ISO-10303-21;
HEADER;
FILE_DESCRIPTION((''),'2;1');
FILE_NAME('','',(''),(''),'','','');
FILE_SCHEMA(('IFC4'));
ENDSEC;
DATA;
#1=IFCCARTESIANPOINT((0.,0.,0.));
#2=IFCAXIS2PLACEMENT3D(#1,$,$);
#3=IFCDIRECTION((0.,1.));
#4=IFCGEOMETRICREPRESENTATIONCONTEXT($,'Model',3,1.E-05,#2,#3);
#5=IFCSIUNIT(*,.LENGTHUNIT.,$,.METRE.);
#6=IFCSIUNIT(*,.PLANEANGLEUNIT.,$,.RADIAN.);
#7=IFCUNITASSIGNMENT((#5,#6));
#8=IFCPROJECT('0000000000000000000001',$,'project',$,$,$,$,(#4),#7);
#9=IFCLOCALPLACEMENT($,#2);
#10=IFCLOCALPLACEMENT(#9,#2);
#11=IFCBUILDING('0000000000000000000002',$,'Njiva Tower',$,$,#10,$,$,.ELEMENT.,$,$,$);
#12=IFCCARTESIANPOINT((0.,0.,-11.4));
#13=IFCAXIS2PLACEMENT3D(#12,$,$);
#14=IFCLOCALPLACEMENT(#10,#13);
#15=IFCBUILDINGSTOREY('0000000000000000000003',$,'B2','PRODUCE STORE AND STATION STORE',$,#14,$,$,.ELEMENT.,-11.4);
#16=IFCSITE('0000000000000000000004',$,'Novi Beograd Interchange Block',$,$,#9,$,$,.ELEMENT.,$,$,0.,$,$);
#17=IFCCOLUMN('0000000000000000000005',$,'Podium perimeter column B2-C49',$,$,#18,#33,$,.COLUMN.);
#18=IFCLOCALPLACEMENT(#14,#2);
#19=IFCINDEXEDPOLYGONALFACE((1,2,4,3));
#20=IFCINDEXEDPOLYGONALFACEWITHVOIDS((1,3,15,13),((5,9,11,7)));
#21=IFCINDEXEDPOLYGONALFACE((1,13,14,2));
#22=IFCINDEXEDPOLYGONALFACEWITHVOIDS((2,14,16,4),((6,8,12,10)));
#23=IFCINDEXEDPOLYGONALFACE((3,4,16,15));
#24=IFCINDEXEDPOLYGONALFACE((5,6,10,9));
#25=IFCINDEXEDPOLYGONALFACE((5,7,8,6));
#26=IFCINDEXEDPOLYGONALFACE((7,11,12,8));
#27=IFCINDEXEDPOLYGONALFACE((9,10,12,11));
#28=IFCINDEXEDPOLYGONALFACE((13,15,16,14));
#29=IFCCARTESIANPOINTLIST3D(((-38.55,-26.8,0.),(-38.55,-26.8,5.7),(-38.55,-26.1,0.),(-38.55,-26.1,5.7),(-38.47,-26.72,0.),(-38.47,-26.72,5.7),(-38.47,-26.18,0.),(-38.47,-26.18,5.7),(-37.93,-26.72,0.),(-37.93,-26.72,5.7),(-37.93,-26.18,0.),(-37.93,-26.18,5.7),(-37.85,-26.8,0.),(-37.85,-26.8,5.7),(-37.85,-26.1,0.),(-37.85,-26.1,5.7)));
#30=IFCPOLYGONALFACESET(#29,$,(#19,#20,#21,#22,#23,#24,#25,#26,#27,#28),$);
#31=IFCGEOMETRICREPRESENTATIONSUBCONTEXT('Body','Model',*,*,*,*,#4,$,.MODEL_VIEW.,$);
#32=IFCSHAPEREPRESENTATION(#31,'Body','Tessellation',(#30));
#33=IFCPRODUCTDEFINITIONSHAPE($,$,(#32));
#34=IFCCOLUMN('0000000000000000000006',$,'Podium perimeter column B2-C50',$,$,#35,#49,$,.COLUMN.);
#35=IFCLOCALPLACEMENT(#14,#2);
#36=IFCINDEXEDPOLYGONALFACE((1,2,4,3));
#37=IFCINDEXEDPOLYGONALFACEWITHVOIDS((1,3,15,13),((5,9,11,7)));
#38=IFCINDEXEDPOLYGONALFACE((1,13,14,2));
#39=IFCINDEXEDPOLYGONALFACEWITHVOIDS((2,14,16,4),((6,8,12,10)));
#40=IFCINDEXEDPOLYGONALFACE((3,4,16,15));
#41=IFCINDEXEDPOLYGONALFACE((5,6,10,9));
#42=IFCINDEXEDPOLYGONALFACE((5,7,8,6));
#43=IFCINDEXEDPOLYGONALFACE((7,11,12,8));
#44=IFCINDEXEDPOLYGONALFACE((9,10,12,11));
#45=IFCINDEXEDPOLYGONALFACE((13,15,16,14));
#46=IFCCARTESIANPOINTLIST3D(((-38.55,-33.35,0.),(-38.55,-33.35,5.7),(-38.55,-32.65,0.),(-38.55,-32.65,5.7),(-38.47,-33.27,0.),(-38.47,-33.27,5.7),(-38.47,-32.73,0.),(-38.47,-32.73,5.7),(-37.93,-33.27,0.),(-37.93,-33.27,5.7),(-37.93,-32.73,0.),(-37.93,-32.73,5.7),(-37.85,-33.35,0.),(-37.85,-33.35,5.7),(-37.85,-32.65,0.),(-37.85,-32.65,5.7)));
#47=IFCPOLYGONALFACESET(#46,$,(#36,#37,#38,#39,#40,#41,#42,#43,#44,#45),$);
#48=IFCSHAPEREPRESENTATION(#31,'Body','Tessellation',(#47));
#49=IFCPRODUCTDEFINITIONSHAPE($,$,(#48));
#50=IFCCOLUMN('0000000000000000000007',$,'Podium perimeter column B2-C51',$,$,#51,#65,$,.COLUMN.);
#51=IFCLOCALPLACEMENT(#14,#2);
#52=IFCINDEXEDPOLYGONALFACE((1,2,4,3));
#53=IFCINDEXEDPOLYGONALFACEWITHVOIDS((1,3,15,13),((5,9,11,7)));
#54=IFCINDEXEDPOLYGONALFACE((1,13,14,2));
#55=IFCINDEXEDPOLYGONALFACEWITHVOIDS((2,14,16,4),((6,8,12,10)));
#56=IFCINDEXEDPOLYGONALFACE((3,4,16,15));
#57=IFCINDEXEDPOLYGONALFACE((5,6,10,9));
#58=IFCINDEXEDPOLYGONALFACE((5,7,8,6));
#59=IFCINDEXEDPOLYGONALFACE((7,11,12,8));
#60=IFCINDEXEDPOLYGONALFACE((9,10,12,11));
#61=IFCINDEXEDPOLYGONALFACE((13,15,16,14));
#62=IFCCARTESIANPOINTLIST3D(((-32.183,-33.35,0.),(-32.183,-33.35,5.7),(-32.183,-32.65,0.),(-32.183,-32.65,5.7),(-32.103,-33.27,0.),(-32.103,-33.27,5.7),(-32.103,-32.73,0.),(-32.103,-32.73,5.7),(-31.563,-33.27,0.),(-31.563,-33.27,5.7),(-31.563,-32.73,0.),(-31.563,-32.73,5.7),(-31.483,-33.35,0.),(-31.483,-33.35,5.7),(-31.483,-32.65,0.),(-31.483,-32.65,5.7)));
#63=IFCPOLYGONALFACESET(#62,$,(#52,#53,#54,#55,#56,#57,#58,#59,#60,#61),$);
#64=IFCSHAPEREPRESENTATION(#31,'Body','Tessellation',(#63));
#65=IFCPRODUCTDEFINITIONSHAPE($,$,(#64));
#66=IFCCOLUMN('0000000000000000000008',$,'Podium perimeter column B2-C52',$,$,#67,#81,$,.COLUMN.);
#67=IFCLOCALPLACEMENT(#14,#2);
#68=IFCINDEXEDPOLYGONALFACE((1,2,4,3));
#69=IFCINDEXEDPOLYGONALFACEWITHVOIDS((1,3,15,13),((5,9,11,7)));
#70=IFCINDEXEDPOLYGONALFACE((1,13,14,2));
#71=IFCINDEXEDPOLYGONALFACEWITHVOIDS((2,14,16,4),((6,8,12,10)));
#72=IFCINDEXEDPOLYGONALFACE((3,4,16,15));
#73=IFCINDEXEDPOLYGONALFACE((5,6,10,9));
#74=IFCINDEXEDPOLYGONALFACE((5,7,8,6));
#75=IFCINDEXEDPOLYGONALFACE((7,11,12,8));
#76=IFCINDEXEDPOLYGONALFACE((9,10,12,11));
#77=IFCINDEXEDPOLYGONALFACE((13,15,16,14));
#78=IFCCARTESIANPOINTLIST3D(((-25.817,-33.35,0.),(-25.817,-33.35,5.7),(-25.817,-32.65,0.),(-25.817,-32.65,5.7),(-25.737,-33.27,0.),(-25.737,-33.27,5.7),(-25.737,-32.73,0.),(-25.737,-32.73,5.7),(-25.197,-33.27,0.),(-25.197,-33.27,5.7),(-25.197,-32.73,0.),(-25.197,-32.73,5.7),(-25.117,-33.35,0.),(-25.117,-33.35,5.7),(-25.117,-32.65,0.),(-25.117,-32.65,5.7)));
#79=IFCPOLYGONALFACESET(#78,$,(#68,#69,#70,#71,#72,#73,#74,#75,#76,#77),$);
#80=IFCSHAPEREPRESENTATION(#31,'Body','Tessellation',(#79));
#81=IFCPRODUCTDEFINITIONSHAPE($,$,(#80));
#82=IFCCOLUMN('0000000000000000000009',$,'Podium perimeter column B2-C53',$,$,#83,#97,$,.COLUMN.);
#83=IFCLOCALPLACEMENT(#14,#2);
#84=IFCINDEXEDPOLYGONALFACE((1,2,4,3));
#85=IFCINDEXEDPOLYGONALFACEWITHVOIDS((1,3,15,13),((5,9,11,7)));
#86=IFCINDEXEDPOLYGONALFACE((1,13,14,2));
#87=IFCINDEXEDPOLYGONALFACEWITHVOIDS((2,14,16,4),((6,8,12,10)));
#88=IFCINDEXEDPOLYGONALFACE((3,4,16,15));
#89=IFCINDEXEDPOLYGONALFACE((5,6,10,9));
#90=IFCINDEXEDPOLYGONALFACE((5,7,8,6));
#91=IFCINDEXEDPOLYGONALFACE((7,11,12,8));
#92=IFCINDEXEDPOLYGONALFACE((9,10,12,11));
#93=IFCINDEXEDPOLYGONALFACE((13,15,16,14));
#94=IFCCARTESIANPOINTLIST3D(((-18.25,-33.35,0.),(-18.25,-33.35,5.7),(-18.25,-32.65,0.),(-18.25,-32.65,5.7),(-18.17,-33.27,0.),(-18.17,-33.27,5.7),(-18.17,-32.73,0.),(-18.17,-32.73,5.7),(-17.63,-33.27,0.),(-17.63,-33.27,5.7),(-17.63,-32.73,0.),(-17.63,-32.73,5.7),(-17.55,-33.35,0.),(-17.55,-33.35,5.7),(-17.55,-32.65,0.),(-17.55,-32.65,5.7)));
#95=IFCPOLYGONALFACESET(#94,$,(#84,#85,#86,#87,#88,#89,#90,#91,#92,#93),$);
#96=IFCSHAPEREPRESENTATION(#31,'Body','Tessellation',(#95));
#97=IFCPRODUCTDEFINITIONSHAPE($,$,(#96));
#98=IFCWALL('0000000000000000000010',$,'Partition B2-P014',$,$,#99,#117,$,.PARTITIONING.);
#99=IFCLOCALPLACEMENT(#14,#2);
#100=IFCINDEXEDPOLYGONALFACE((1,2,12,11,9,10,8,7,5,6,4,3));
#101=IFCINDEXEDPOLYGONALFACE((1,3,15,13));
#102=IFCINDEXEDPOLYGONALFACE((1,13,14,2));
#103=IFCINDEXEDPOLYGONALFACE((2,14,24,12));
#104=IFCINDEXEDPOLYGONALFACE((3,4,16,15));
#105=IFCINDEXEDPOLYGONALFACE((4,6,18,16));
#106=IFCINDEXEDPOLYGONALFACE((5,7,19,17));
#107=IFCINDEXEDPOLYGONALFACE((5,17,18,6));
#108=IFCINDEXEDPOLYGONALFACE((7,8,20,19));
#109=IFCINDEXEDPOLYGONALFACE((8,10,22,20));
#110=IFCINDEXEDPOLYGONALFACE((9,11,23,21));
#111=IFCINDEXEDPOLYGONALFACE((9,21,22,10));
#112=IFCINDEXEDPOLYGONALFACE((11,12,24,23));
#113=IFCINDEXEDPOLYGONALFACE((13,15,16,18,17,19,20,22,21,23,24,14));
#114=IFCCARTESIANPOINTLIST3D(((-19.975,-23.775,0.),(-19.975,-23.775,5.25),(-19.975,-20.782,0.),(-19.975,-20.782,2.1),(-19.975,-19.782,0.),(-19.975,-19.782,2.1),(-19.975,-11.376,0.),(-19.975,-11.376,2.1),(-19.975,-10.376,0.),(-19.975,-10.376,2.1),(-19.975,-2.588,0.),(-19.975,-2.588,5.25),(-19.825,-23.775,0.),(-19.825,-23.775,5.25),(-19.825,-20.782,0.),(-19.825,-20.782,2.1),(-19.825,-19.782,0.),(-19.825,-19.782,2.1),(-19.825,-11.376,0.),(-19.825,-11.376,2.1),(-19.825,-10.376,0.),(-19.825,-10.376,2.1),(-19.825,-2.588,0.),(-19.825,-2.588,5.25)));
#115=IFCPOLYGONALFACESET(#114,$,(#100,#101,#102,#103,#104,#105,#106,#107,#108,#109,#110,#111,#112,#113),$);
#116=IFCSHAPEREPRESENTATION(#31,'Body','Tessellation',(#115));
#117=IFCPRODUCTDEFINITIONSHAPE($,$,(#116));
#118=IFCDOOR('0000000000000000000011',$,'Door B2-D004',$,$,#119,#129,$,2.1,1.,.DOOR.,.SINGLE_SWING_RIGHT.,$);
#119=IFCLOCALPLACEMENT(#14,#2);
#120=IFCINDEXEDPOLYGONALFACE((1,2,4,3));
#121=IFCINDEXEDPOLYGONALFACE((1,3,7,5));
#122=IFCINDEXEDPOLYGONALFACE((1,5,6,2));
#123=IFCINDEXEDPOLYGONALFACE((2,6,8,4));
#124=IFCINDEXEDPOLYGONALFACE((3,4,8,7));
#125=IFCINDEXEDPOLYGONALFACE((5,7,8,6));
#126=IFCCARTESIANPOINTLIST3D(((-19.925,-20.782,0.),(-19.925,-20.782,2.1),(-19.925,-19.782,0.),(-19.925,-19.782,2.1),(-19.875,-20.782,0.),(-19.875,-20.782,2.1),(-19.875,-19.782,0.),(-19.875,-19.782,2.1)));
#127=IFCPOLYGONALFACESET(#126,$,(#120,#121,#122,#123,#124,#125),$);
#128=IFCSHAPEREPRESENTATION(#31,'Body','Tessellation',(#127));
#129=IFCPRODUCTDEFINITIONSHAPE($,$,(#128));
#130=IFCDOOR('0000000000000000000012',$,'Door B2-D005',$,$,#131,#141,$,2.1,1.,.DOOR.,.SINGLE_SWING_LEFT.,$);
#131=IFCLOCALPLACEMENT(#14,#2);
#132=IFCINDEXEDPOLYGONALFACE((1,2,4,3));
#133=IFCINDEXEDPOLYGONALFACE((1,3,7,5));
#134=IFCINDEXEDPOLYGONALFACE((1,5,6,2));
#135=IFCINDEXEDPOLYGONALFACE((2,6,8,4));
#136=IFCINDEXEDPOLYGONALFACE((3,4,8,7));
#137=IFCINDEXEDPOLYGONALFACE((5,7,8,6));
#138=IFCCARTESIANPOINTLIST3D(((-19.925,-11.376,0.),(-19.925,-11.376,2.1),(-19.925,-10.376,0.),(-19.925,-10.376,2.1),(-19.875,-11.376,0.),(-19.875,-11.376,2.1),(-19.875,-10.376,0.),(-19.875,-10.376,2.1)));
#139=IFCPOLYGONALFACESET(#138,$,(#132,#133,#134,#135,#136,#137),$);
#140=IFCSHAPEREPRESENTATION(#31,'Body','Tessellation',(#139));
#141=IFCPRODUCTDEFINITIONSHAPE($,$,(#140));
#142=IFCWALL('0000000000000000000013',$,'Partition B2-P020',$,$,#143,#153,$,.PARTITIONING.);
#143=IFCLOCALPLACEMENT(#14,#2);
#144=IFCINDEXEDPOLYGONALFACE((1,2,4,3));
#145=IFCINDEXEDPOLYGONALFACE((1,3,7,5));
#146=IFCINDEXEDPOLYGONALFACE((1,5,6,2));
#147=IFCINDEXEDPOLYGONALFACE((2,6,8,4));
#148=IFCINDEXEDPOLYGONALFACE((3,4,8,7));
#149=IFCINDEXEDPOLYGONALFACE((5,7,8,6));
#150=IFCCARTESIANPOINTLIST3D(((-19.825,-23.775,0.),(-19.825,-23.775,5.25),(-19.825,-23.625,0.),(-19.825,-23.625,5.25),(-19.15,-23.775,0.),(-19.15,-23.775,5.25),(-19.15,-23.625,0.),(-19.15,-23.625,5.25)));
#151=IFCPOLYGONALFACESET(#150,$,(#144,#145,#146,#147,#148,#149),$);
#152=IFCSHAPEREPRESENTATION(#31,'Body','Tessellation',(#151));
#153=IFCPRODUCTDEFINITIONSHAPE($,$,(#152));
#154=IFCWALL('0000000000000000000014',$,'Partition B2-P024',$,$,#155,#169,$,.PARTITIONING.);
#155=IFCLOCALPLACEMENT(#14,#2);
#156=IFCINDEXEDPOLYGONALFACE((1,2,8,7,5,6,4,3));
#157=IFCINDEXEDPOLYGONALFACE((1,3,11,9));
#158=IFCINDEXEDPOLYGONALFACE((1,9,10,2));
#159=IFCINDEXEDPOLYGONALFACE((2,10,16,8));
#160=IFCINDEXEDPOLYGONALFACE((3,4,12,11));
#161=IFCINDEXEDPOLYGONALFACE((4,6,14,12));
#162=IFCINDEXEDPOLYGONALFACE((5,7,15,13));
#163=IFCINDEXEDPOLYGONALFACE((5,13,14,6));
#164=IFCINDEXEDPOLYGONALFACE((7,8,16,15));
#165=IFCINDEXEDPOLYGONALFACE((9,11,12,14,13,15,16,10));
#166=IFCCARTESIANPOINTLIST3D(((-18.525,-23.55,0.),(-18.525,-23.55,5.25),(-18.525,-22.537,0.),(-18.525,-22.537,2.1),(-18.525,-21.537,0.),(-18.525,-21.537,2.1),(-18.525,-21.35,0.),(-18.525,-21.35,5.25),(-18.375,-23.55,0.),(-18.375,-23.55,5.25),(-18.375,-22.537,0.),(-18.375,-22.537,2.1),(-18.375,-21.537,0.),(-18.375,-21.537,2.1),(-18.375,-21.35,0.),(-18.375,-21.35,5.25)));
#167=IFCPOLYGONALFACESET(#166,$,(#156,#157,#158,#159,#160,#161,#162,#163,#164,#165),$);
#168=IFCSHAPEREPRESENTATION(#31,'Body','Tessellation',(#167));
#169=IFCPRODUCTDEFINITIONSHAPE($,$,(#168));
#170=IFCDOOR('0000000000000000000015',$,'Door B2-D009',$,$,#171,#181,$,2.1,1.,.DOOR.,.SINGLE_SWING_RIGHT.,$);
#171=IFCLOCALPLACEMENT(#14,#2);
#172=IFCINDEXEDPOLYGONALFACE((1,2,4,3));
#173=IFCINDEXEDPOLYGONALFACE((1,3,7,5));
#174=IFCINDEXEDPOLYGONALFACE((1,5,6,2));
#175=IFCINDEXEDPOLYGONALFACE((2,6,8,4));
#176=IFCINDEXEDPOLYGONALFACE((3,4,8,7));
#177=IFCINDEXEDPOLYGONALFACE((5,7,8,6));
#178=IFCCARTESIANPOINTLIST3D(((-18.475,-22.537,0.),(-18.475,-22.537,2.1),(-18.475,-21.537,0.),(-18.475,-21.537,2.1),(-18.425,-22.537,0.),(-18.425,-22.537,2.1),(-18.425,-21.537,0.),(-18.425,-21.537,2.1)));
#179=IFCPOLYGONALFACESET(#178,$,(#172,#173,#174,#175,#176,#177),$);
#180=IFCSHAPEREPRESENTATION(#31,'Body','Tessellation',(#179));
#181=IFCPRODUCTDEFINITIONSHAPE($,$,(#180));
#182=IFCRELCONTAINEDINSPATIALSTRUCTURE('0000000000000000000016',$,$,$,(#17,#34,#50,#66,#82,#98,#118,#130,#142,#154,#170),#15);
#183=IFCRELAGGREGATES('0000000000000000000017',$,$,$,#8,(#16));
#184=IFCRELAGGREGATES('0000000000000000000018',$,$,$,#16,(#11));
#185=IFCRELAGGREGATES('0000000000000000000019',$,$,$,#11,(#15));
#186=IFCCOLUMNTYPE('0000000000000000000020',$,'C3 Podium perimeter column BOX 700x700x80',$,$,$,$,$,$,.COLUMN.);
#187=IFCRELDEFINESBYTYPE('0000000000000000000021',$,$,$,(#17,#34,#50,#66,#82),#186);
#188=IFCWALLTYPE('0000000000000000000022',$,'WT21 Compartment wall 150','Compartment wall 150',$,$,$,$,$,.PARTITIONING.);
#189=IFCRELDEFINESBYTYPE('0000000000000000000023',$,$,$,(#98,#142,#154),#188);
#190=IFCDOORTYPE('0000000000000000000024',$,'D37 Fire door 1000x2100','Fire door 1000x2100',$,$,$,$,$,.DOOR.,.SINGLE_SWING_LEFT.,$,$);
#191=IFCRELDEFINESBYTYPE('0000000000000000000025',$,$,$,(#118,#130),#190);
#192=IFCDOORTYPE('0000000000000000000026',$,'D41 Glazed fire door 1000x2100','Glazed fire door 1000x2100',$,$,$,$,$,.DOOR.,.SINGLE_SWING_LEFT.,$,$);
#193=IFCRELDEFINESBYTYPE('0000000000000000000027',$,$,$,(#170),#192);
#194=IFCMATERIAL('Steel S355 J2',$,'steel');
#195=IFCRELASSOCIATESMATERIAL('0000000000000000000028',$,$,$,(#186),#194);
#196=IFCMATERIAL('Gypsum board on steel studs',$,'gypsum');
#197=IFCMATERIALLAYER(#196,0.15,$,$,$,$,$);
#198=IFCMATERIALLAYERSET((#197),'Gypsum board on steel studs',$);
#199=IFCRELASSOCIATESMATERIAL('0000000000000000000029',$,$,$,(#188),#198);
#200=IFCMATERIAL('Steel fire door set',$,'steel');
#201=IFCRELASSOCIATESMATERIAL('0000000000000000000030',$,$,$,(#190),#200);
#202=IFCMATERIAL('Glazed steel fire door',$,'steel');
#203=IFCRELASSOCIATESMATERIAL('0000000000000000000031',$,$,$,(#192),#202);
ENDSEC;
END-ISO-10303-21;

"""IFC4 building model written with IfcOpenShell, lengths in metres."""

from ifc_helpers import new_model, si_unit, direction, frame, frame_2d, origin, origin_2d, place, context, subcontext, project, spatial, rectangle, hollow_rectangle, extrude, material, layer, layer_set, material_profile, profile_set, type_object, element, fill, save


model = new_model("IFC4")

# Units and contexts
model_context = context("Model", 3, precision=1e-05, world=origin(), true_north=direction((0.0, 1.0)))
body_context = subcontext(model_context, "Body", "Model", "MODEL_VIEW")
ifc_project = project(units=[si_unit("LENGTHUNIT", "METRE"), si_unit("PLANEANGLEUNIT", "RADIAN")], contexts=[model_context])

# Site, building, storey
site_placement = place(None, origin())
site = spatial("IfcSite", under=ifc_project, at=site_placement, Name="Novi Beograd Interchange Block", CompositionType="ELEMENT", RefElevation=0.0)
building_placement = place(site_placement, origin())
building = spatial("IfcBuilding", under=site, at=building_placement, Name="Njiva Tower", CompositionType="ELEMENT")
storey_placement = place(building_placement, frame((0.0, 0.0, -11.4)))
storey = spatial("IfcBuildingStorey", under=building, at=storey_placement, Name="B2", Description="PRODUCE STORE AND STATION STORE", CompositionType="ELEMENT", Elevation=-11.4)

# Columns
ifc_material_1 = material(Name="Steel S355 J2", Category="steel")
ifc_material_profile = material_profile(ifc_material_1, hollow_rectangle(XDim=0.7, YDim=0.7, WallThickness=0.08, at=origin_2d()), Name="BOX 700x700x80")
ifc_profile_set = profile_set([ifc_material_profile], Name="Steel S355 J2")
column_type = type_object("IfcColumnType", Name="C3 Podium perimeter column BOX 700x700x80", PredefinedType="COLUMN", material=ifc_profile_set)
for number, where, z_axis, x_axis, name in (
    (1, (-38.2, -26.45, 0.0), (0.0, 0.0, 1.0), (0.0, -1.0, 0.0), "Podium perimeter column B2-C49"),
    (2, (-38.2, -33.0, 0.0), (0.0, 0.0, 1.0), (1.0, 0.0, 0.0), "Podium perimeter column B2-C50"),
    (3, (-31.833, -33.0, 0.0), (0.0, 0.0, 1.0), (1.0, 0.0, 0.0), "Podium perimeter column B2-C51"),
    (4, (-25.467, -33.0, 0.0), (0.0, 0.0, 1.0), (1.0, 0.0, 0.0), "Podium perimeter column B2-C52"),
    (5, (-17.9, -33.0, 0.0), (0.0, 0.0, 1.0), (1.0, 0.0, 0.0), "Podium perimeter column B2-C53"),
):
    element("IfcColumn", number, at=place(storey_placement, frame(where, z_axis=z_axis, x_axis=x_axis)), inside=storey, type_object=column_type, Name=name, PredefinedType="COLUMN", context=body_context, shape_type="SweptSolid", body=[
        extrude(hollow_rectangle(XDim=0.7, YDim=0.7, WallThickness=0.08, at=origin_2d()), origin(), (0.0, 0.0, 1.0), 5.7),
    ])

# Wall, openings, doors
ifc_material_2 = material(Name="Gypsum board on steel studs", Category="gypsum")
ifc_layer_1 = layer(ifc_material_2, 0.15)
ifc_layer_set_1 = layer_set([ifc_layer_1], Name="Gypsum board on steel studs")
wall_type_1 = type_object("IfcWallType", Name="WT21 Compartment wall 150", Description="Compartment wall 150", PredefinedType="PARTITIONING", material=ifc_layer_set_1)
wall_1_placement = place(storey_placement, frame((-19.9, -23.775, 0.0), z_axis=(0.0, 0.0, 1.0), x_axis=(0.0, 1.0, 0.0)))
wall_1 = element("IfcWall", 6, at=wall_1_placement, inside=storey, type_object=wall_type_1, Name="Partition B2-P014", PredefinedType="PARTITIONING", context=body_context, shape_type="SweptSolid", body=[
    extrude(rectangle(XDim=21.187, YDim=0.15, at=frame_2d((10.5935, 0.0))), origin(), (0.0, 0.0, 1.0), 5.25),
])
opening_1_placement = place(wall_1_placement, frame((2.993, 0.0, 0.0)))
opening_1 = element("IfcOpeningElement", 7, at=opening_1_placement, cuts=wall_1, PredefinedType="OPENING", context=body_context, shape_type="SweptSolid", body=[
    extrude(rectangle(XDim=1.0, YDim=2.1, at=frame_2d((0.5, 1.05))), frame((0.0, 0.085, 0.0), z_axis=(0.0, -1.0, 0.0), x_axis=(1.0, 0.0, 0.0)), (0.0, 0.0, 1.0), 0.17),
])
opening_2_placement = place(wall_1_placement, frame((12.399, 0.0, 0.0)))
opening_2 = element("IfcOpeningElement", 8, at=opening_2_placement, cuts=wall_1, PredefinedType="OPENING", context=body_context, shape_type="SweptSolid", body=[
    extrude(rectangle(XDim=1.0, YDim=2.1, at=frame_2d((0.5, 1.05))), frame((0.0, 0.085, 0.0), z_axis=(0.0, -1.0, 0.0), x_axis=(1.0, 0.0, 0.0)), (0.0, 0.0, 1.0), 0.17),
])
ifc_material_3 = material(Name="Steel fire door set", Category="steel")
door_type_1 = type_object("IfcDoorType", Name="D37 Fire door 1000x2100", Description="Fire door 1000x2100", OperationType="SINGLE_SWING_LEFT", PredefinedType="DOOR", material=ifc_material_3)
door_1_placement = place(opening_1_placement, origin())
door_1 = element("IfcDoor", 9, at=door_1_placement, inside=storey, type_object=door_type_1, Name="Door B2-D004", OperationType="SINGLE_SWING_RIGHT", OverallHeight=2.1, OverallWidth=1.0, PredefinedType="DOOR", context=body_context, shape_type="SweptSolid", body=[
    extrude(rectangle(XDim=1.0, YDim=2.1, at=frame_2d((0.5, 1.05))), frame((0.0, 0.025, 0.0), z_axis=(0.0, -1.0, 0.0), x_axis=(1.0, 0.0, 0.0)), (0.0, 0.0, 1.0), 0.05),
])
fill(opening_1, door_1)
door_2_placement = place(opening_2_placement, origin())
door_2 = element("IfcDoor", 10, at=door_2_placement, inside=storey, type_object=door_type_1, Name="Door B2-D005", OperationType="SINGLE_SWING_LEFT", OverallHeight=2.1, OverallWidth=1.0, PredefinedType="DOOR", context=body_context, shape_type="SweptSolid", body=[
    extrude(rectangle(XDim=1.0, YDim=2.1, at=frame_2d((0.5, 1.05))), frame((0.0, 0.025, 0.0), z_axis=(0.0, -1.0, 0.0), x_axis=(1.0, 0.0, 0.0)), (0.0, 0.0, 1.0), 0.05),
])
fill(opening_2, door_2)

# Wall
wall_2_placement = place(storey_placement, frame((-19.825, -23.7, 0.0), z_axis=(0.0, 0.0, 1.0), x_axis=(1.0, 0.0, 0.0)))
element("IfcWall", 11, at=wall_2_placement, inside=storey, type_object=wall_type_1, Name="Partition B2-P020", PredefinedType="PARTITIONING", context=body_context, shape_type="SweptSolid", body=[
    extrude(rectangle(XDim=0.675, YDim=0.15, at=frame_2d((0.3375, 0.0))), origin(), (0.0, 0.0, 1.0), 5.25),
])

# Wall, opening, door
wall_3_placement = place(storey_placement, frame((-18.45, -23.55, 0.0), z_axis=(0.0, 0.0, 1.0), x_axis=(0.0, 1.0, 0.0)))
wall_3 = element("IfcWall", 12, at=wall_3_placement, inside=storey, type_object=wall_type_1, Name="Partition B2-P024", PredefinedType="PARTITIONING", context=body_context, shape_type="SweptSolid", body=[
    extrude(rectangle(XDim=2.2, YDim=0.15, at=frame_2d((1.1, 0.0))), origin(), (0.0, 0.0, 1.0), 5.25),
])
opening_3_placement = place(wall_3_placement, frame((1.013, 0.0, 0.0)))
opening_3 = element("IfcOpeningElement", 13, at=opening_3_placement, cuts=wall_3, PredefinedType="OPENING", context=body_context, shape_type="SweptSolid", body=[
    extrude(rectangle(XDim=1.0, YDim=2.1, at=frame_2d((0.5, 1.05))), frame((0.0, 0.085, 0.0), z_axis=(0.0, -1.0, 0.0), x_axis=(1.0, 0.0, 0.0)), (0.0, 0.0, 1.0), 0.17),
])
ifc_material_4 = material(Name="Glazed steel fire door", Category="steel")
door_type_2 = type_object("IfcDoorType", Name="D41 Glazed fire door 1000x2100", Description="Glazed fire door 1000x2100", OperationType="SINGLE_SWING_LEFT", PredefinedType="DOOR", material=ifc_material_4)
door_3_placement = place(opening_3_placement, origin())
door_3 = element("IfcDoor", 14, at=door_3_placement, inside=storey, type_object=door_type_2, Name="Door B2-D009", OperationType="SINGLE_SWING_RIGHT", OverallHeight=2.1, OverallWidth=1.0, PredefinedType="DOOR", context=body_context, shape_type="SweptSolid", body=[
    extrude(rectangle(XDim=1.0, YDim=2.1, at=frame_2d((0.5, 1.05))), frame((0.0, 0.025, 0.0), z_axis=(0.0, -1.0, 0.0), x_axis=(1.0, 0.0, 0.0)), (0.0, 0.0, 1.0), 0.05),
])
fill(opening_3, door_3)

save(model, "model.ifc")
